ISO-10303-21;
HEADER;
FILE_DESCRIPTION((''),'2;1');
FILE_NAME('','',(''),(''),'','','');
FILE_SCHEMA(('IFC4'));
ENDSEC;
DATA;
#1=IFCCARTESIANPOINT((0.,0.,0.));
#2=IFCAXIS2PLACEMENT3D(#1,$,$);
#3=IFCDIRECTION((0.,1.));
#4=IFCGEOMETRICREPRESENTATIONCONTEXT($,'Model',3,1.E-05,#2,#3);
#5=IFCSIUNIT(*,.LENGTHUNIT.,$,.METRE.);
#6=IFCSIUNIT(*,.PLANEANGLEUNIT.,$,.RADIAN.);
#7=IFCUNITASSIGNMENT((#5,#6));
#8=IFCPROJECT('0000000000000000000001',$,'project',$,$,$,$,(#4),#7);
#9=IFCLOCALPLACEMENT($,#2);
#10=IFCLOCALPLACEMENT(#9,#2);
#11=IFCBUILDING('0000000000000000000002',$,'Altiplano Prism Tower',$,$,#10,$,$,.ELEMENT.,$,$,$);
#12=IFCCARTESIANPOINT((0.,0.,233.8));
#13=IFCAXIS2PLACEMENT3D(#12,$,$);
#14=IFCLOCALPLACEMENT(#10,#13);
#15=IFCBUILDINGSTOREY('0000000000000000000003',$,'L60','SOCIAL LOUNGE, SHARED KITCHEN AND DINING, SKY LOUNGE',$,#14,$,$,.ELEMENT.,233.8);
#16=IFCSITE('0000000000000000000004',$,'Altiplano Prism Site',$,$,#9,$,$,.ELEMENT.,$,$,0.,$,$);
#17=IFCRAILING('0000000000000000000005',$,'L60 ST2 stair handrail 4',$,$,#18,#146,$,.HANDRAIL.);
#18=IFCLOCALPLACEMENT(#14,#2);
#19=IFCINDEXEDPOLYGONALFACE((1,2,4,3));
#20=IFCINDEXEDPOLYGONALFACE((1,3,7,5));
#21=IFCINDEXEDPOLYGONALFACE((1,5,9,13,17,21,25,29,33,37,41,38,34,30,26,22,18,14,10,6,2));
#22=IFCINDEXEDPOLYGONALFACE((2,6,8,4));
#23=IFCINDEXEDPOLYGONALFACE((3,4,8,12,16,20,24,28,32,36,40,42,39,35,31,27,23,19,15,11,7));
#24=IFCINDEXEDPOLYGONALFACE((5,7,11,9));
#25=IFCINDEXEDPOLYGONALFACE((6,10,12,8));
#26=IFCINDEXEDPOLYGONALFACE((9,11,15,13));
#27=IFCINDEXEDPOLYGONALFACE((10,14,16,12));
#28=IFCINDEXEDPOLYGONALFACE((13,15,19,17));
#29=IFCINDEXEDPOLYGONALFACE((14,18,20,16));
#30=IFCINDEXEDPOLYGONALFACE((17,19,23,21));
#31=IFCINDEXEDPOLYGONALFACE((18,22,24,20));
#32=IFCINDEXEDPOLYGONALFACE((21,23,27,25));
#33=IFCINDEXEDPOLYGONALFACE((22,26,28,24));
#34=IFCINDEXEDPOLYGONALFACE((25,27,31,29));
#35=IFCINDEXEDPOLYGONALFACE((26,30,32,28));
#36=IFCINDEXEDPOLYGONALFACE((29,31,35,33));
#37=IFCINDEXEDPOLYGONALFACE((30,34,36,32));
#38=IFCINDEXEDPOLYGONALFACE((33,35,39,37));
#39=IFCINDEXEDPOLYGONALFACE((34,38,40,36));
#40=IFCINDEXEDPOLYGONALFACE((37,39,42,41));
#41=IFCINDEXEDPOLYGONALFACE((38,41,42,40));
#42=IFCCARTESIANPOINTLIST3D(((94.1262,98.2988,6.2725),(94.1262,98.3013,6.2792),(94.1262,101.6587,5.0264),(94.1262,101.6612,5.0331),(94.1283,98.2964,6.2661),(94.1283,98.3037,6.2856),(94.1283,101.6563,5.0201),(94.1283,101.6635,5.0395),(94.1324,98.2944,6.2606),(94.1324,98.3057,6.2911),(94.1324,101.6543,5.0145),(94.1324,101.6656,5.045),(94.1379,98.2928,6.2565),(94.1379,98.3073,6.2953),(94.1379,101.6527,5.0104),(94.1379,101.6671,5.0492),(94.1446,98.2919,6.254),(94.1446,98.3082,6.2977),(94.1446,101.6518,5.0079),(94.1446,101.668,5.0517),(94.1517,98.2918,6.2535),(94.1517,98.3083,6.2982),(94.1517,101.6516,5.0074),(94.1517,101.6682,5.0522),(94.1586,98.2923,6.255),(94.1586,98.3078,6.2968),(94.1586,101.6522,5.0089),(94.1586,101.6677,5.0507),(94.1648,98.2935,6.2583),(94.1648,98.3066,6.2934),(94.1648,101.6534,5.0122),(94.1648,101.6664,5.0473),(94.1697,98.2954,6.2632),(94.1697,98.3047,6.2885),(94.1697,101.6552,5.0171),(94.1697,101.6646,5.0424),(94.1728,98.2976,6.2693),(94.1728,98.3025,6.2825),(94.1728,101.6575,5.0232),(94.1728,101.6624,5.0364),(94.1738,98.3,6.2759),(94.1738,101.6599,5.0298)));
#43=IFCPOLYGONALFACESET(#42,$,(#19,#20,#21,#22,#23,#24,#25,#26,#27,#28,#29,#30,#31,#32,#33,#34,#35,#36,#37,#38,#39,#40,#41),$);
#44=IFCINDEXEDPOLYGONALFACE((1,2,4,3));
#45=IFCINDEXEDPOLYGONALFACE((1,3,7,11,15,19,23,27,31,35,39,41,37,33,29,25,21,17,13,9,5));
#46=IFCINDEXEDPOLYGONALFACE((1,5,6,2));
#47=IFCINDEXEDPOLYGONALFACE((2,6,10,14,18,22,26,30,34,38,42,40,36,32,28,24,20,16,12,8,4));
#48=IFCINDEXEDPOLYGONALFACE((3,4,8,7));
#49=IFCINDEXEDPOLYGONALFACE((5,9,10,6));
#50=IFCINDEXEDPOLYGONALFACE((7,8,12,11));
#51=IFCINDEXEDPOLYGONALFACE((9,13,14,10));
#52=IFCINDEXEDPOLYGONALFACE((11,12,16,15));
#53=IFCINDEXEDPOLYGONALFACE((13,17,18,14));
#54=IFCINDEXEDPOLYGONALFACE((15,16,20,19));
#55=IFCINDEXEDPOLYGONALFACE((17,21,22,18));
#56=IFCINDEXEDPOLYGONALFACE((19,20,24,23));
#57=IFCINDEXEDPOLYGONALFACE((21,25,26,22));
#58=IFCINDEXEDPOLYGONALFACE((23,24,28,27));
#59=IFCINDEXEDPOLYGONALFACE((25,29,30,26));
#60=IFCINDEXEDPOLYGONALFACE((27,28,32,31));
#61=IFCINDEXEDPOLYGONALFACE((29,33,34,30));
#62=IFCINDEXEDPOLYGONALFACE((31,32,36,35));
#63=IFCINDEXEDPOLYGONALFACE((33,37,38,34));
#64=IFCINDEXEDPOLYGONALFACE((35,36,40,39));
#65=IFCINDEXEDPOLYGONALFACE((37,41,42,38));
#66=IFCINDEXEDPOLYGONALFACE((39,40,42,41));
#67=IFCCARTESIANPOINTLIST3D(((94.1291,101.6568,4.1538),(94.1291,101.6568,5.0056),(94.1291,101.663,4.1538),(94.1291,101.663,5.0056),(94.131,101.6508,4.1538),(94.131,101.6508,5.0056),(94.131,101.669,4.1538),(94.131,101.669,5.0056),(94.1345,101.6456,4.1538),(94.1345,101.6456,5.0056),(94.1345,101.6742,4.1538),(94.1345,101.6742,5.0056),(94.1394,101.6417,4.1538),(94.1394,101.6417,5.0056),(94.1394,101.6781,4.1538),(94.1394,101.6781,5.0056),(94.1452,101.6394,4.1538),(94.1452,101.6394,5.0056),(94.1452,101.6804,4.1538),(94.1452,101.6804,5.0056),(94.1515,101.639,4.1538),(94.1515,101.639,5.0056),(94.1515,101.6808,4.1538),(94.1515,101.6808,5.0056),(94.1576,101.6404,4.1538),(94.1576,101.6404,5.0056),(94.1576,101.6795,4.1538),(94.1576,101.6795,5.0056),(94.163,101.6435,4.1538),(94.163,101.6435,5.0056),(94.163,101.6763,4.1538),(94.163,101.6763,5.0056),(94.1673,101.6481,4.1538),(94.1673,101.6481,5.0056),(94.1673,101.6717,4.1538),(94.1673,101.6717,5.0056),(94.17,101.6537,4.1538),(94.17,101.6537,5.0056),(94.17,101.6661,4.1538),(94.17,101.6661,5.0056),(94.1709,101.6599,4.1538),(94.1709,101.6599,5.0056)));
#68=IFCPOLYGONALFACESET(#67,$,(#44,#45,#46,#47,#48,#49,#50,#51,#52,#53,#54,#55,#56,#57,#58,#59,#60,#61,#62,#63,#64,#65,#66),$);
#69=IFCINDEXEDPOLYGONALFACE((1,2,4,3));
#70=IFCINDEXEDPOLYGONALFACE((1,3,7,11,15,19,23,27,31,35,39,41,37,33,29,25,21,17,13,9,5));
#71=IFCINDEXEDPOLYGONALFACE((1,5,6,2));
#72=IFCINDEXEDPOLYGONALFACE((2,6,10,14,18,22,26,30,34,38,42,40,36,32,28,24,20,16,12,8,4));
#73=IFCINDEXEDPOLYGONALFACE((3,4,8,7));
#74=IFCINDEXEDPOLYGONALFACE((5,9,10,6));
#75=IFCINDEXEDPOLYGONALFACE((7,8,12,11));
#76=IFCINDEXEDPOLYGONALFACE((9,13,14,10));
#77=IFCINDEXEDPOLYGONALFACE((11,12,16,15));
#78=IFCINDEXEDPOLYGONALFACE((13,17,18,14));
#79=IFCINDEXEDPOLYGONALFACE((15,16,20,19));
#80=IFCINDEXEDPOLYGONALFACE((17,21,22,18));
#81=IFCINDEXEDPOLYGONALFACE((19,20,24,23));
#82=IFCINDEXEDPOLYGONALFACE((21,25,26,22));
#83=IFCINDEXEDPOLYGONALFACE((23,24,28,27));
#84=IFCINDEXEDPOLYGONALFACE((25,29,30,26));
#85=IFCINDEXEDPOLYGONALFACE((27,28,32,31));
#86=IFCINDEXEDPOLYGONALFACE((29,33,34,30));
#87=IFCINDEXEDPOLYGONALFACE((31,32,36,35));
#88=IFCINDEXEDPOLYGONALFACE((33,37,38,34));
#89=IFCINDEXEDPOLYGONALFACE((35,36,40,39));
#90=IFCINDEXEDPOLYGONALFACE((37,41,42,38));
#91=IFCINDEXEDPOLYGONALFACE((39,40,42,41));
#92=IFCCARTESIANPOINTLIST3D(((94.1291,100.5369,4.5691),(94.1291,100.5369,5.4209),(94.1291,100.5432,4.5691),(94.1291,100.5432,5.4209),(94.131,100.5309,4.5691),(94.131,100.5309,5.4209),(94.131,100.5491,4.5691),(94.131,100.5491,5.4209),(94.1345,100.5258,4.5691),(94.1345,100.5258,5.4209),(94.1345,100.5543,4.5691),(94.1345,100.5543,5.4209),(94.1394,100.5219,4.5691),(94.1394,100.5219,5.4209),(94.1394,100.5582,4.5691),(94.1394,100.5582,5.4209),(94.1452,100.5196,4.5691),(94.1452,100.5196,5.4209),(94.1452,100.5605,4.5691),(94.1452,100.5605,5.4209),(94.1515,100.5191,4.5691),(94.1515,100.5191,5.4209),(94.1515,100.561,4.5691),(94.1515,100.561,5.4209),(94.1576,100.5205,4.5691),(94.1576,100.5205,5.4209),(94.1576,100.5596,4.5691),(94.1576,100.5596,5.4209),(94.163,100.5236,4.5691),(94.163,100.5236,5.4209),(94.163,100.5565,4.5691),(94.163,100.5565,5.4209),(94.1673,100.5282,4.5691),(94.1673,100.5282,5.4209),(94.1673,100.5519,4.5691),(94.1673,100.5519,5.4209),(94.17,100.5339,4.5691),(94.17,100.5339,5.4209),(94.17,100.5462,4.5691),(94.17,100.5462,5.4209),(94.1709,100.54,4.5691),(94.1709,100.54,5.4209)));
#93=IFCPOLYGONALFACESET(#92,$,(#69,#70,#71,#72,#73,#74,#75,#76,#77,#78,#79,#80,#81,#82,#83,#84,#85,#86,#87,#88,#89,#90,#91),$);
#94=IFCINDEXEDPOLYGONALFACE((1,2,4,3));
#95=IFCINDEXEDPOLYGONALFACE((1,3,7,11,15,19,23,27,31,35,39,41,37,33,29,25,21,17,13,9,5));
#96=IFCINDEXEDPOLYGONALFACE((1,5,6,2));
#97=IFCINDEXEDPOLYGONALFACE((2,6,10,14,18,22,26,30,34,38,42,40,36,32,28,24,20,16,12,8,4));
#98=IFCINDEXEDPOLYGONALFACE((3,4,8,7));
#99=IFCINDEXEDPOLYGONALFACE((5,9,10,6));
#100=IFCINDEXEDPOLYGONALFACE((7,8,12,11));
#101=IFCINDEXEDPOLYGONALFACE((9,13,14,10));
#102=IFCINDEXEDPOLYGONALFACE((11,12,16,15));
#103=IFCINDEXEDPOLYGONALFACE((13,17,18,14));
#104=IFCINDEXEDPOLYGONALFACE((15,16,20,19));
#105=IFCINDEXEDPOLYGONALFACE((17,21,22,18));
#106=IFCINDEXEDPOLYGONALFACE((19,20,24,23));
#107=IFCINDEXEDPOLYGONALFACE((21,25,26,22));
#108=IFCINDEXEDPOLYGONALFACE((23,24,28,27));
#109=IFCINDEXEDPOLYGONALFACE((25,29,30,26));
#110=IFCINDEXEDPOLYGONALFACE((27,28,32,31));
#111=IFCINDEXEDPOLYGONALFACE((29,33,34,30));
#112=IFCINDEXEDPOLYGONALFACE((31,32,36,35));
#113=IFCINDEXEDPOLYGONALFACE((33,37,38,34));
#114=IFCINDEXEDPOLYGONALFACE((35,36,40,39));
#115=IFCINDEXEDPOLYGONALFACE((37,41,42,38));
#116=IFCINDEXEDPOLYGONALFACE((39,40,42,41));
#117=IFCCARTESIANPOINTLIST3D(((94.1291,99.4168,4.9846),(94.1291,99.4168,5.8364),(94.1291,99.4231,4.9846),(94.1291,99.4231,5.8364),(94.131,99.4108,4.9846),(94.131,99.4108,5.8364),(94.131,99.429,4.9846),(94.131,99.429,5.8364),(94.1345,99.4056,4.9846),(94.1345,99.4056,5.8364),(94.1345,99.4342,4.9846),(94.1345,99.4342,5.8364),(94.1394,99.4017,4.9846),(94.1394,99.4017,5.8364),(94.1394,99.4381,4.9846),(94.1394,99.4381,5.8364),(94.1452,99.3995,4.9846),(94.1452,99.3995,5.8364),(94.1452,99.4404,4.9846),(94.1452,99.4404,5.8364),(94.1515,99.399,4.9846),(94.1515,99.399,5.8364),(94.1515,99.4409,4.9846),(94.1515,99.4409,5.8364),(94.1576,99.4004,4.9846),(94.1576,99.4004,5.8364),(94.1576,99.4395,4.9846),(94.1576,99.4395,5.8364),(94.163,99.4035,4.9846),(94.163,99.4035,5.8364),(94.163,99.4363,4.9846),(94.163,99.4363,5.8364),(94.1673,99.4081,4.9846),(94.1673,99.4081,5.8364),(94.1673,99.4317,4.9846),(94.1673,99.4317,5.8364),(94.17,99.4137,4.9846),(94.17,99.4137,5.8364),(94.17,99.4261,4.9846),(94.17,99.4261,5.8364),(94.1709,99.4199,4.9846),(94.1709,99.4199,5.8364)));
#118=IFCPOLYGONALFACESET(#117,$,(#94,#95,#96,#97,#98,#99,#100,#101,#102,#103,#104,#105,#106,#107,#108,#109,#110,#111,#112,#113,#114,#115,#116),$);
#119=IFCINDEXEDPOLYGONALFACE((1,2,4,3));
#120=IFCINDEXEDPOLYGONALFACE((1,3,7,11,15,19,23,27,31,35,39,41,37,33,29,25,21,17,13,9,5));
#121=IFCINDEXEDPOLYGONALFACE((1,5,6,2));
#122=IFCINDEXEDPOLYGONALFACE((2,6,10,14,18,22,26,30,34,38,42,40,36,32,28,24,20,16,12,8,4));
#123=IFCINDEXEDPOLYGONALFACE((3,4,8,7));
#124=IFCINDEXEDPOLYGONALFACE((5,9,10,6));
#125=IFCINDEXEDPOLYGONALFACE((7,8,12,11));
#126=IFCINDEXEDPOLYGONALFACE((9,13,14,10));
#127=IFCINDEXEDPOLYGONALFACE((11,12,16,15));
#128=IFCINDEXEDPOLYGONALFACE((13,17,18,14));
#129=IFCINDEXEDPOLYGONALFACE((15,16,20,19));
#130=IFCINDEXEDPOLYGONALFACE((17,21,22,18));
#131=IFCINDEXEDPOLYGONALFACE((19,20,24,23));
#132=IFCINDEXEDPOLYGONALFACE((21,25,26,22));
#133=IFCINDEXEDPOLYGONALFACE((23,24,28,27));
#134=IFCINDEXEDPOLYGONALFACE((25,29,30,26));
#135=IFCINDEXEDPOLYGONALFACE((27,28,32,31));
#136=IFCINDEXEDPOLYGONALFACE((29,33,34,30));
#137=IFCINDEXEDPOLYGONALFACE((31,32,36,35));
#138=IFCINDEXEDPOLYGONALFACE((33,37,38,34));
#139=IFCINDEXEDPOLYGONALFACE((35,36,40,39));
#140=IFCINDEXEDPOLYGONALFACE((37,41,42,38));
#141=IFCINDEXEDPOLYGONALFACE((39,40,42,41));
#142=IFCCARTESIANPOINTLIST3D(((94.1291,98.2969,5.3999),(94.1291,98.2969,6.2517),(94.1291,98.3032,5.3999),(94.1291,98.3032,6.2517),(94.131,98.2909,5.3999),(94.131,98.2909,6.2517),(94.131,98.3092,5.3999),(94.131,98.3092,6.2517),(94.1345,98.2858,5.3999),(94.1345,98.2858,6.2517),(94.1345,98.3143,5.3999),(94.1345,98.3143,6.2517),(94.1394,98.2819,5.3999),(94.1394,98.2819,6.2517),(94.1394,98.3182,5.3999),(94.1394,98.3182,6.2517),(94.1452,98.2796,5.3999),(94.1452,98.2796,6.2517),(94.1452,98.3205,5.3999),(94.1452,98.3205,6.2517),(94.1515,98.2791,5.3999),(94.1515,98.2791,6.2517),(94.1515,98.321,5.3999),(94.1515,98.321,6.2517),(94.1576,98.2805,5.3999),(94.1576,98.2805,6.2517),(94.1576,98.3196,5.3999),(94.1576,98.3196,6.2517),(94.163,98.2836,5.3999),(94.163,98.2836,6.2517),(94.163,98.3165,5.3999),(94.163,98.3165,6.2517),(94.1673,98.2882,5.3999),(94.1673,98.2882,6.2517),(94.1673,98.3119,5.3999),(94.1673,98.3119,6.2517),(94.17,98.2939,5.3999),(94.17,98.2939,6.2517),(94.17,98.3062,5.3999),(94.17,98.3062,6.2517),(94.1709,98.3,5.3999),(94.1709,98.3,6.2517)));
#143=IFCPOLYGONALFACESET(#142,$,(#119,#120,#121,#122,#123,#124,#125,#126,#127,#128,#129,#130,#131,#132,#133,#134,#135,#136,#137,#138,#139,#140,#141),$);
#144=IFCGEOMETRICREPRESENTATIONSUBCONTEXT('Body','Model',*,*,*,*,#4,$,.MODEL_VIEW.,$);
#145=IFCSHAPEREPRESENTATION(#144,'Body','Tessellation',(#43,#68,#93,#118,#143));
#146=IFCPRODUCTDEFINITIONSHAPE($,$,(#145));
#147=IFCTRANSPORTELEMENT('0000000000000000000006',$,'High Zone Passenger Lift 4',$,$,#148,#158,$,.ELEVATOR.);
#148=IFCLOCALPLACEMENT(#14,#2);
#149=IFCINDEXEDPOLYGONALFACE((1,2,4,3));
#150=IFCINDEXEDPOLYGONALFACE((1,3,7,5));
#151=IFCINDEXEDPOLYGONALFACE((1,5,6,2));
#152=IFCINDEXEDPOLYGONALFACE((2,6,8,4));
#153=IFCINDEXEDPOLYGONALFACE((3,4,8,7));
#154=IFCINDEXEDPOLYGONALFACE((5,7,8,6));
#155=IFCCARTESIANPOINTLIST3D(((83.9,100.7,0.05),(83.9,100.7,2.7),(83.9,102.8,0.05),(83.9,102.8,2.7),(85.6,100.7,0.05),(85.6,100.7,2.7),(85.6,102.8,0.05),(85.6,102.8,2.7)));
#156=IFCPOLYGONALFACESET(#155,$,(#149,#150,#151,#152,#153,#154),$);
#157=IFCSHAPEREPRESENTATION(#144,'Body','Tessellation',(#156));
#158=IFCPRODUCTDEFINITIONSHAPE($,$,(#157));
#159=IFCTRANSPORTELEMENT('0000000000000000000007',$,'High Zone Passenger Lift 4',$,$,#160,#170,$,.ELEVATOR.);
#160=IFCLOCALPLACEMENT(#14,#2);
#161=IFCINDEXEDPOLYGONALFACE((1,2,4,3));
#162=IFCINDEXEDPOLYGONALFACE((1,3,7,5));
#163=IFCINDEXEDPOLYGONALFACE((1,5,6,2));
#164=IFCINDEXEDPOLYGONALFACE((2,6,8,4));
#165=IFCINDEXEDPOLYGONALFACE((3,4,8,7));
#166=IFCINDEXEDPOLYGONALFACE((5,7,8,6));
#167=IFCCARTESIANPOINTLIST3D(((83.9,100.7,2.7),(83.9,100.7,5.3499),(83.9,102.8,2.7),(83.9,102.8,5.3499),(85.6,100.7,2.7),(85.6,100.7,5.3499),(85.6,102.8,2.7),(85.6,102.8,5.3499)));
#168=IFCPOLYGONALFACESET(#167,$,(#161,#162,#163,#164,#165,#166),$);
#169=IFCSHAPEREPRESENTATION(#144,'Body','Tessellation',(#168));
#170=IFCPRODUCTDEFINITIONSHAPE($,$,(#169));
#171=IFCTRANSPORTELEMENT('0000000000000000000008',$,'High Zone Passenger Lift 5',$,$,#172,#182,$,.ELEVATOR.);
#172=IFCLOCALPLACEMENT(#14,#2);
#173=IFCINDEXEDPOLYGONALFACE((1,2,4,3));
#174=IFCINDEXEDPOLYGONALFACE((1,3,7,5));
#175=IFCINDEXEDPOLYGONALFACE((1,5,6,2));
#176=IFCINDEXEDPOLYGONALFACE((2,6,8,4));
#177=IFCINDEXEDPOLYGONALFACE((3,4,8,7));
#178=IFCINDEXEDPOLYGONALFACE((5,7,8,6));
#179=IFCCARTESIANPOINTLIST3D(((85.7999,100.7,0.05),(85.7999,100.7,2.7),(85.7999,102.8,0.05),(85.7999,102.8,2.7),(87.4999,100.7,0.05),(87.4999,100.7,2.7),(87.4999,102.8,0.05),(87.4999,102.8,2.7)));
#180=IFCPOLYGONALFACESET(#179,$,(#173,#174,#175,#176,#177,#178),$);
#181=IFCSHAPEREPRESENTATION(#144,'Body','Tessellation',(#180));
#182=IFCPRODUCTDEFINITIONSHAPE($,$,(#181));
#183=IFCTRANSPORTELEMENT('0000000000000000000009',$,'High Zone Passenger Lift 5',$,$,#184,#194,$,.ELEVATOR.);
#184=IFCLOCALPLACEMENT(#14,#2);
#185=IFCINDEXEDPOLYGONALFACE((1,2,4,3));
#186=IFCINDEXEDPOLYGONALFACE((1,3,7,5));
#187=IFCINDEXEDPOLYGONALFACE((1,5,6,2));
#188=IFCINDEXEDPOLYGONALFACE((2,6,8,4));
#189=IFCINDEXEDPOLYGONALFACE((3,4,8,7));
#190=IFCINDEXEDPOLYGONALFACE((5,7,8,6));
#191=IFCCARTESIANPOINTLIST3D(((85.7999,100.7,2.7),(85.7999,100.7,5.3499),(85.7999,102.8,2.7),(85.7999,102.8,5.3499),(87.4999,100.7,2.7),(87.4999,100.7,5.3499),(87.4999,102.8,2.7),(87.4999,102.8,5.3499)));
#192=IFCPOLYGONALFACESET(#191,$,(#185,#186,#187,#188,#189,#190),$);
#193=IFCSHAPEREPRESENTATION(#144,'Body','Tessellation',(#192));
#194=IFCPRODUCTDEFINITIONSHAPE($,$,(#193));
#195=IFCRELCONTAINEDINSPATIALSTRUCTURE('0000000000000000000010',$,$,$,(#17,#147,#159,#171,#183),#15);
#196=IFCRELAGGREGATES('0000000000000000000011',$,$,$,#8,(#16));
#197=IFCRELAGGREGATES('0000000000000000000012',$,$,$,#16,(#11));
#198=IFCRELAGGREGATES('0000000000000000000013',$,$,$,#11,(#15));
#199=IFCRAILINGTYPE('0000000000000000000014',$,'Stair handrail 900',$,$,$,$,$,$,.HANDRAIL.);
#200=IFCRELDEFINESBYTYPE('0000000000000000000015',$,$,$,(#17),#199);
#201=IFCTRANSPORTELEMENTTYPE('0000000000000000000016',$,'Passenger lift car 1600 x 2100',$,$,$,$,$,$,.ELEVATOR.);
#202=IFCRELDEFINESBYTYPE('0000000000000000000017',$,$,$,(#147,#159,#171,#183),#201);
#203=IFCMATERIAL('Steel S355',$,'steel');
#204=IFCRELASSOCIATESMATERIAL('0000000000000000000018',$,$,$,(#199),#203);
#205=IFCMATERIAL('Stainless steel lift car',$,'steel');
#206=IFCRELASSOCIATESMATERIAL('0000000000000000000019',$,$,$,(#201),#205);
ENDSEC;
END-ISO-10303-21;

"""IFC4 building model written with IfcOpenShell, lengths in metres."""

from ifc_helpers import new_model, si_unit, direction, frame, origin, origin_2d, place, context, subcontext, project, spatial, rectangle, circle, extrude, material, type_object, element, save


model = new_model("IFC4")

# Units and contexts
model_context = context("Model", 3, precision=1e-05, world=origin(), true_north=direction((0.0, 1.0)))
body_context = subcontext(model_context, "Body", "Model", "MODEL_VIEW")
ifc_project = project(units=[si_unit("LENGTHUNIT", "METRE"), si_unit("PLANEANGLEUNIT", "RADIAN")], contexts=[model_context])

# Site, building, storey
site_placement = place(None, origin())
site = spatial("IfcSite", under=ifc_project, at=site_placement, Name="Altiplano Prism Site", CompositionType="ELEMENT", RefElevation=0.0)
building_placement = place(site_placement, origin())
building = spatial("IfcBuilding", under=site, at=building_placement, Name="Altiplano Prism Tower", CompositionType="ELEMENT")
storey_placement = place(building_placement, frame((0.0, 0.0, 233.8)))
storey = spatial("IfcBuildingStorey", under=building, at=storey_placement, Name="L60", Description="SOCIAL LOUNGE, SHARED KITCHEN AND DINING, SKY LOUNGE", CompositionType="ELEMENT", Elevation=233.8)

# Railing
ifc_material_1 = material(Name="Steel S355", Category="steel")
railing_type_1 = type_object("IfcRailingType", Name="Stair handrail 900", PredefinedType="HANDRAIL", material=ifc_material_1)
for number, where, name in (
    (1, (94.1499, 101.6599, 4.1538), "L60 ST2 stair handrail 4"),
):
    element("IfcRailing", number, at=place(storey_placement, frame(where)), inside=storey, type_object=railing_type_1, Name=name, PredefinedType="HANDRAIL", context=body_context, shape_type="SweptSolid", body=[
        extrude(circle(Radius=0.0239, at=origin_2d()), frame((0.0, 0.0, 0.876), z_axis=(0.0, -0.937594, 0.347731), x_axis=(1.0, 0.0, 0.0)), (0.0, 0.0, 1.0), 3.5835),
        extrude(circle(Radius=0.021, at=origin_2d()), origin(), (0.0, 0.0, 1.0), 0.8518),
        extrude(circle(Radius=0.021, at=origin_2d()), frame((0.0, -1.1199, 0.4153)), (0.0, 0.0, 1.0), 0.8518),
        extrude(circle(Radius=0.021, at=origin_2d()), frame((0.0, -2.24, 0.8308)), (0.0, 0.0, 1.0), 0.8518),
        extrude(circle(Radius=0.021, at=origin_2d()), frame((0.0, -3.3599, 1.2461)), (0.0, 0.0, 1.0), 0.8518),
    ])

# Transport elements
ifc_material_2 = material(Name="Stainless steel lift car", Category="steel")
transport_element_type = type_object("IfcTransportElementType", Name="Passenger lift car 1600 x 2100", PredefinedType="ELEVATOR", material=ifc_material_2)
for number, where, z_axis, x_axis, name in (
    (2, (84.75, 101.75, 0.05), (0.0, 0.0, 1.0), (1.0, 0.0, 0.0), "High Zone Passenger Lift 4"),
    (3, (84.75, 101.75, 2.7), (0.0, 0.0, 1.0), (1.0, 0.0, 0.0), "High Zone Passenger Lift 4"),
    (4, (86.6499, 101.75, 0.05), (0.0, 0.0, 1.0), (1.0, 0.0, 0.0), "High Zone Passenger Lift 5"),
    (5, (86.6499, 101.75, 2.7), (0.0, 0.0, 1.0), (1.0, 0.0, 0.0), "High Zone Passenger Lift 5"),
):
    element("IfcTransportElement", number, at=place(storey_placement, frame(where, z_axis=z_axis, x_axis=x_axis)), inside=storey, type_object=transport_element_type, Name=name, PredefinedType="ELEVATOR", context=body_context, shape_type="SweptSolid", body=[
        extrude(rectangle(XDim=1.7, YDim=2.1001, at=origin_2d()), origin(), (0.0, 0.0, 1.0), 2.6499),
    ])

save(model, "model.ifc")
